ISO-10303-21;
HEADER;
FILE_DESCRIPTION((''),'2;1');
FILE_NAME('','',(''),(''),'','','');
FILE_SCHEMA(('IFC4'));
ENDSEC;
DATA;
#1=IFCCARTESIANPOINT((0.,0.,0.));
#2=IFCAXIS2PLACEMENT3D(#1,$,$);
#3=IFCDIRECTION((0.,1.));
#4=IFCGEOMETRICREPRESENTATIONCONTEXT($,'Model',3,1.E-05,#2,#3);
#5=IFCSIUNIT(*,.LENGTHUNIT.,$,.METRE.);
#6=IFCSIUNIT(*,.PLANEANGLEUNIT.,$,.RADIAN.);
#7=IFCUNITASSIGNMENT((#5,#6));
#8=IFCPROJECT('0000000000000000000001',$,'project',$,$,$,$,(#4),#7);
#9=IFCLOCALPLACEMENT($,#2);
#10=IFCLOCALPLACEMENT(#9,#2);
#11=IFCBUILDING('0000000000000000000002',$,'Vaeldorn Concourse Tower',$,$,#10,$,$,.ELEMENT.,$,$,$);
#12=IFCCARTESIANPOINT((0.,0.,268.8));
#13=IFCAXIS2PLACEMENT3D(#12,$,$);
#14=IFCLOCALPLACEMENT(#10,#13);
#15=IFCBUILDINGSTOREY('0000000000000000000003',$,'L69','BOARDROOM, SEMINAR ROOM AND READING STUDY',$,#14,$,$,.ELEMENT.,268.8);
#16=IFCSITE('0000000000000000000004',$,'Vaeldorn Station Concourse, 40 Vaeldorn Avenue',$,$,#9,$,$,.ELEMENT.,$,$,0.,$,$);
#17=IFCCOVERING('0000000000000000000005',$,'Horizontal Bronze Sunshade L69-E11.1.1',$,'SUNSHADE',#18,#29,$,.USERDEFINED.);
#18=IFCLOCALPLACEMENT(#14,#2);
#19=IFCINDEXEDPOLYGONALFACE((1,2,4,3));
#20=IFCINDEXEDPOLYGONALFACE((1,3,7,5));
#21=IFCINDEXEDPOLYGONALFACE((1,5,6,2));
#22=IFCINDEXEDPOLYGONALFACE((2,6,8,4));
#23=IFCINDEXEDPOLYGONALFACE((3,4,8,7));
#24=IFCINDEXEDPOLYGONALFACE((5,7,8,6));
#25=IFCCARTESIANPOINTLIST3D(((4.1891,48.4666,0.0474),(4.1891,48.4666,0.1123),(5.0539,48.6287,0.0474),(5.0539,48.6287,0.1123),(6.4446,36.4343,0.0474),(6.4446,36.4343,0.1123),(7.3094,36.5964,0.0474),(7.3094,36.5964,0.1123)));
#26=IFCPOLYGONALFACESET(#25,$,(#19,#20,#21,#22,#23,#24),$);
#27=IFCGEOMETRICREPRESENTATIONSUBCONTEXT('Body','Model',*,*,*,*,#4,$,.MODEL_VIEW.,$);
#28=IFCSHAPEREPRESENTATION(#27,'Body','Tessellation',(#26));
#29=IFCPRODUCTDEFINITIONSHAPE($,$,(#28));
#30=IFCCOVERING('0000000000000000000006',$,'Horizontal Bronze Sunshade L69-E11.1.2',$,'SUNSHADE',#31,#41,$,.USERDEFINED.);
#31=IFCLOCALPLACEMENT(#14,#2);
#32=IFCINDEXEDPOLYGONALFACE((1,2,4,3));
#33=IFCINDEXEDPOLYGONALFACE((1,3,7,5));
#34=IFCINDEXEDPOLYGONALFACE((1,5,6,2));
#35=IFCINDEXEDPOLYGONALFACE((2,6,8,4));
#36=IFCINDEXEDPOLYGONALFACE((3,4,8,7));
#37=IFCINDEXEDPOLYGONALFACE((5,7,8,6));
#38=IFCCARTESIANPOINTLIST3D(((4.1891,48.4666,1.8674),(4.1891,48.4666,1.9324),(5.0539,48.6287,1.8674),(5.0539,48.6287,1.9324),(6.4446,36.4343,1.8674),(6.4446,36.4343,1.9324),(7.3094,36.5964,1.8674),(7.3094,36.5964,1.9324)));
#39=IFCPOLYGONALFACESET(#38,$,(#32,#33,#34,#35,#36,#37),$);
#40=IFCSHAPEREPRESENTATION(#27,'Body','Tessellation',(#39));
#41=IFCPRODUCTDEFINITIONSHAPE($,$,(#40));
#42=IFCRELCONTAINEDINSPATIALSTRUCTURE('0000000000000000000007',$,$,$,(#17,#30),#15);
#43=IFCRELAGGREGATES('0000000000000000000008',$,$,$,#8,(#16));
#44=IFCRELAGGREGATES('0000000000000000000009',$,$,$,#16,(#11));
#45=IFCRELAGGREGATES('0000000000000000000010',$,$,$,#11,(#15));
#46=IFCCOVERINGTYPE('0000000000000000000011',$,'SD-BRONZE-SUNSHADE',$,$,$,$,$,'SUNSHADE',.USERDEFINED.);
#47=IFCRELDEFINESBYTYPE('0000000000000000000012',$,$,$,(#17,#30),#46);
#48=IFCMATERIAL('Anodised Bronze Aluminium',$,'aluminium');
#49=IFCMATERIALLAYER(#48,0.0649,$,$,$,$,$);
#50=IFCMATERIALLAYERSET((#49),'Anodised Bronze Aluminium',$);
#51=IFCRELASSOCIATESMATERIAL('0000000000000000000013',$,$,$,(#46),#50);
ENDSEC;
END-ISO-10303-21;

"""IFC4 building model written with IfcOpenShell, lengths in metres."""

from ifc_helpers import new_model, si_unit, direction, frame, origin, origin_2d, place, context, subcontext, project, spatial, rectangle, extrude, source, transform, mapped, material, layer, layer_set, type_object, element, save


model = new_model("IFC4")

# Units and contexts
model_context = context("Model", 3, precision=1e-05, world=origin(), true_north=direction((0.0, 1.0)))
body_context = subcontext(model_context, "Body", "Model", "MODEL_VIEW")
ifc_project = project(units=[si_unit("LENGTHUNIT", "METRE"), si_unit("PLANEANGLEUNIT", "RADIAN")], contexts=[model_context])

# Site, building, storey
site_placement = place(None, origin())
site = spatial("IfcSite", under=ifc_project, at=site_placement, Name="Vaeldorn Station Concourse, 40 Vaeldorn Avenue", CompositionType="ELEMENT", RefElevation=0.0)
building_placement = place(site_placement, origin())
building = spatial("IfcBuilding", under=site, at=building_placement, Name="Vaeldorn Concourse Tower", CompositionType="ELEMENT")
storey_placement = place(building_placement, frame((0.0, 0.0, 268.8)))
storey = spatial("IfcBuildingStorey", under=building, at=storey_placement, Name="L69", Description="BOARDROOM, SEMINAR ROOM AND READING STUDY", CompositionType="ELEMENT", Elevation=268.8)

# Shared definitions
ifc_material_1 = material(Name="Anodised Bronze Aluminium", Category="aluminium")

# Coverings
ifc_layer_1 = layer(ifc_material_1, 0.0649)
ifc_layer_set_1 = layer_set([ifc_layer_1], Name="Anodised Bronze Aluminium")
covering_type = type_object("IfcCoveringType", Name="SD-BRONZE-SUNSHADE", ElementType="SUNSHADE", PredefinedType="USERDEFINED", material=ifc_layer_set_1)
shared_shape_1 = source(origin(), body_context, "Body", "SweptSolid", [
    extrude(rectangle(XDim=12.2419, YDim=0.8799, at=origin_2d()), origin(), (0.0, 0.0, 1.0), 0.0649),
])
for number, where, z_axis, x_axis, name in (
    (1, (5.7493, 42.5315, 0.0474), (0.0, 0.0, 1.0), (0.184243, -0.982881, 0.0), "Horizontal Bronze Sunshade L69-E11.1.1"),
    (2, (5.7493, 42.5315, 1.8674), (0.0, 0.0, 1.0), (0.184243, -0.982881, 0.0), "Horizontal Bronze Sunshade L69-E11.1.2"),
):
    element("IfcCovering", number, at=place(storey_placement, frame(where, z_axis=z_axis, x_axis=x_axis)), inside=storey, type_object=covering_type, Name=name, ObjectType="SUNSHADE", PredefinedType="USERDEFINED", context=body_context, shape_type="MappedRepresentation", body=[
        mapped(shared_shape_1, transform((0.0, 0.0, 0.0), scale=1.0)),
    ])

save(model, "model.ifc")
